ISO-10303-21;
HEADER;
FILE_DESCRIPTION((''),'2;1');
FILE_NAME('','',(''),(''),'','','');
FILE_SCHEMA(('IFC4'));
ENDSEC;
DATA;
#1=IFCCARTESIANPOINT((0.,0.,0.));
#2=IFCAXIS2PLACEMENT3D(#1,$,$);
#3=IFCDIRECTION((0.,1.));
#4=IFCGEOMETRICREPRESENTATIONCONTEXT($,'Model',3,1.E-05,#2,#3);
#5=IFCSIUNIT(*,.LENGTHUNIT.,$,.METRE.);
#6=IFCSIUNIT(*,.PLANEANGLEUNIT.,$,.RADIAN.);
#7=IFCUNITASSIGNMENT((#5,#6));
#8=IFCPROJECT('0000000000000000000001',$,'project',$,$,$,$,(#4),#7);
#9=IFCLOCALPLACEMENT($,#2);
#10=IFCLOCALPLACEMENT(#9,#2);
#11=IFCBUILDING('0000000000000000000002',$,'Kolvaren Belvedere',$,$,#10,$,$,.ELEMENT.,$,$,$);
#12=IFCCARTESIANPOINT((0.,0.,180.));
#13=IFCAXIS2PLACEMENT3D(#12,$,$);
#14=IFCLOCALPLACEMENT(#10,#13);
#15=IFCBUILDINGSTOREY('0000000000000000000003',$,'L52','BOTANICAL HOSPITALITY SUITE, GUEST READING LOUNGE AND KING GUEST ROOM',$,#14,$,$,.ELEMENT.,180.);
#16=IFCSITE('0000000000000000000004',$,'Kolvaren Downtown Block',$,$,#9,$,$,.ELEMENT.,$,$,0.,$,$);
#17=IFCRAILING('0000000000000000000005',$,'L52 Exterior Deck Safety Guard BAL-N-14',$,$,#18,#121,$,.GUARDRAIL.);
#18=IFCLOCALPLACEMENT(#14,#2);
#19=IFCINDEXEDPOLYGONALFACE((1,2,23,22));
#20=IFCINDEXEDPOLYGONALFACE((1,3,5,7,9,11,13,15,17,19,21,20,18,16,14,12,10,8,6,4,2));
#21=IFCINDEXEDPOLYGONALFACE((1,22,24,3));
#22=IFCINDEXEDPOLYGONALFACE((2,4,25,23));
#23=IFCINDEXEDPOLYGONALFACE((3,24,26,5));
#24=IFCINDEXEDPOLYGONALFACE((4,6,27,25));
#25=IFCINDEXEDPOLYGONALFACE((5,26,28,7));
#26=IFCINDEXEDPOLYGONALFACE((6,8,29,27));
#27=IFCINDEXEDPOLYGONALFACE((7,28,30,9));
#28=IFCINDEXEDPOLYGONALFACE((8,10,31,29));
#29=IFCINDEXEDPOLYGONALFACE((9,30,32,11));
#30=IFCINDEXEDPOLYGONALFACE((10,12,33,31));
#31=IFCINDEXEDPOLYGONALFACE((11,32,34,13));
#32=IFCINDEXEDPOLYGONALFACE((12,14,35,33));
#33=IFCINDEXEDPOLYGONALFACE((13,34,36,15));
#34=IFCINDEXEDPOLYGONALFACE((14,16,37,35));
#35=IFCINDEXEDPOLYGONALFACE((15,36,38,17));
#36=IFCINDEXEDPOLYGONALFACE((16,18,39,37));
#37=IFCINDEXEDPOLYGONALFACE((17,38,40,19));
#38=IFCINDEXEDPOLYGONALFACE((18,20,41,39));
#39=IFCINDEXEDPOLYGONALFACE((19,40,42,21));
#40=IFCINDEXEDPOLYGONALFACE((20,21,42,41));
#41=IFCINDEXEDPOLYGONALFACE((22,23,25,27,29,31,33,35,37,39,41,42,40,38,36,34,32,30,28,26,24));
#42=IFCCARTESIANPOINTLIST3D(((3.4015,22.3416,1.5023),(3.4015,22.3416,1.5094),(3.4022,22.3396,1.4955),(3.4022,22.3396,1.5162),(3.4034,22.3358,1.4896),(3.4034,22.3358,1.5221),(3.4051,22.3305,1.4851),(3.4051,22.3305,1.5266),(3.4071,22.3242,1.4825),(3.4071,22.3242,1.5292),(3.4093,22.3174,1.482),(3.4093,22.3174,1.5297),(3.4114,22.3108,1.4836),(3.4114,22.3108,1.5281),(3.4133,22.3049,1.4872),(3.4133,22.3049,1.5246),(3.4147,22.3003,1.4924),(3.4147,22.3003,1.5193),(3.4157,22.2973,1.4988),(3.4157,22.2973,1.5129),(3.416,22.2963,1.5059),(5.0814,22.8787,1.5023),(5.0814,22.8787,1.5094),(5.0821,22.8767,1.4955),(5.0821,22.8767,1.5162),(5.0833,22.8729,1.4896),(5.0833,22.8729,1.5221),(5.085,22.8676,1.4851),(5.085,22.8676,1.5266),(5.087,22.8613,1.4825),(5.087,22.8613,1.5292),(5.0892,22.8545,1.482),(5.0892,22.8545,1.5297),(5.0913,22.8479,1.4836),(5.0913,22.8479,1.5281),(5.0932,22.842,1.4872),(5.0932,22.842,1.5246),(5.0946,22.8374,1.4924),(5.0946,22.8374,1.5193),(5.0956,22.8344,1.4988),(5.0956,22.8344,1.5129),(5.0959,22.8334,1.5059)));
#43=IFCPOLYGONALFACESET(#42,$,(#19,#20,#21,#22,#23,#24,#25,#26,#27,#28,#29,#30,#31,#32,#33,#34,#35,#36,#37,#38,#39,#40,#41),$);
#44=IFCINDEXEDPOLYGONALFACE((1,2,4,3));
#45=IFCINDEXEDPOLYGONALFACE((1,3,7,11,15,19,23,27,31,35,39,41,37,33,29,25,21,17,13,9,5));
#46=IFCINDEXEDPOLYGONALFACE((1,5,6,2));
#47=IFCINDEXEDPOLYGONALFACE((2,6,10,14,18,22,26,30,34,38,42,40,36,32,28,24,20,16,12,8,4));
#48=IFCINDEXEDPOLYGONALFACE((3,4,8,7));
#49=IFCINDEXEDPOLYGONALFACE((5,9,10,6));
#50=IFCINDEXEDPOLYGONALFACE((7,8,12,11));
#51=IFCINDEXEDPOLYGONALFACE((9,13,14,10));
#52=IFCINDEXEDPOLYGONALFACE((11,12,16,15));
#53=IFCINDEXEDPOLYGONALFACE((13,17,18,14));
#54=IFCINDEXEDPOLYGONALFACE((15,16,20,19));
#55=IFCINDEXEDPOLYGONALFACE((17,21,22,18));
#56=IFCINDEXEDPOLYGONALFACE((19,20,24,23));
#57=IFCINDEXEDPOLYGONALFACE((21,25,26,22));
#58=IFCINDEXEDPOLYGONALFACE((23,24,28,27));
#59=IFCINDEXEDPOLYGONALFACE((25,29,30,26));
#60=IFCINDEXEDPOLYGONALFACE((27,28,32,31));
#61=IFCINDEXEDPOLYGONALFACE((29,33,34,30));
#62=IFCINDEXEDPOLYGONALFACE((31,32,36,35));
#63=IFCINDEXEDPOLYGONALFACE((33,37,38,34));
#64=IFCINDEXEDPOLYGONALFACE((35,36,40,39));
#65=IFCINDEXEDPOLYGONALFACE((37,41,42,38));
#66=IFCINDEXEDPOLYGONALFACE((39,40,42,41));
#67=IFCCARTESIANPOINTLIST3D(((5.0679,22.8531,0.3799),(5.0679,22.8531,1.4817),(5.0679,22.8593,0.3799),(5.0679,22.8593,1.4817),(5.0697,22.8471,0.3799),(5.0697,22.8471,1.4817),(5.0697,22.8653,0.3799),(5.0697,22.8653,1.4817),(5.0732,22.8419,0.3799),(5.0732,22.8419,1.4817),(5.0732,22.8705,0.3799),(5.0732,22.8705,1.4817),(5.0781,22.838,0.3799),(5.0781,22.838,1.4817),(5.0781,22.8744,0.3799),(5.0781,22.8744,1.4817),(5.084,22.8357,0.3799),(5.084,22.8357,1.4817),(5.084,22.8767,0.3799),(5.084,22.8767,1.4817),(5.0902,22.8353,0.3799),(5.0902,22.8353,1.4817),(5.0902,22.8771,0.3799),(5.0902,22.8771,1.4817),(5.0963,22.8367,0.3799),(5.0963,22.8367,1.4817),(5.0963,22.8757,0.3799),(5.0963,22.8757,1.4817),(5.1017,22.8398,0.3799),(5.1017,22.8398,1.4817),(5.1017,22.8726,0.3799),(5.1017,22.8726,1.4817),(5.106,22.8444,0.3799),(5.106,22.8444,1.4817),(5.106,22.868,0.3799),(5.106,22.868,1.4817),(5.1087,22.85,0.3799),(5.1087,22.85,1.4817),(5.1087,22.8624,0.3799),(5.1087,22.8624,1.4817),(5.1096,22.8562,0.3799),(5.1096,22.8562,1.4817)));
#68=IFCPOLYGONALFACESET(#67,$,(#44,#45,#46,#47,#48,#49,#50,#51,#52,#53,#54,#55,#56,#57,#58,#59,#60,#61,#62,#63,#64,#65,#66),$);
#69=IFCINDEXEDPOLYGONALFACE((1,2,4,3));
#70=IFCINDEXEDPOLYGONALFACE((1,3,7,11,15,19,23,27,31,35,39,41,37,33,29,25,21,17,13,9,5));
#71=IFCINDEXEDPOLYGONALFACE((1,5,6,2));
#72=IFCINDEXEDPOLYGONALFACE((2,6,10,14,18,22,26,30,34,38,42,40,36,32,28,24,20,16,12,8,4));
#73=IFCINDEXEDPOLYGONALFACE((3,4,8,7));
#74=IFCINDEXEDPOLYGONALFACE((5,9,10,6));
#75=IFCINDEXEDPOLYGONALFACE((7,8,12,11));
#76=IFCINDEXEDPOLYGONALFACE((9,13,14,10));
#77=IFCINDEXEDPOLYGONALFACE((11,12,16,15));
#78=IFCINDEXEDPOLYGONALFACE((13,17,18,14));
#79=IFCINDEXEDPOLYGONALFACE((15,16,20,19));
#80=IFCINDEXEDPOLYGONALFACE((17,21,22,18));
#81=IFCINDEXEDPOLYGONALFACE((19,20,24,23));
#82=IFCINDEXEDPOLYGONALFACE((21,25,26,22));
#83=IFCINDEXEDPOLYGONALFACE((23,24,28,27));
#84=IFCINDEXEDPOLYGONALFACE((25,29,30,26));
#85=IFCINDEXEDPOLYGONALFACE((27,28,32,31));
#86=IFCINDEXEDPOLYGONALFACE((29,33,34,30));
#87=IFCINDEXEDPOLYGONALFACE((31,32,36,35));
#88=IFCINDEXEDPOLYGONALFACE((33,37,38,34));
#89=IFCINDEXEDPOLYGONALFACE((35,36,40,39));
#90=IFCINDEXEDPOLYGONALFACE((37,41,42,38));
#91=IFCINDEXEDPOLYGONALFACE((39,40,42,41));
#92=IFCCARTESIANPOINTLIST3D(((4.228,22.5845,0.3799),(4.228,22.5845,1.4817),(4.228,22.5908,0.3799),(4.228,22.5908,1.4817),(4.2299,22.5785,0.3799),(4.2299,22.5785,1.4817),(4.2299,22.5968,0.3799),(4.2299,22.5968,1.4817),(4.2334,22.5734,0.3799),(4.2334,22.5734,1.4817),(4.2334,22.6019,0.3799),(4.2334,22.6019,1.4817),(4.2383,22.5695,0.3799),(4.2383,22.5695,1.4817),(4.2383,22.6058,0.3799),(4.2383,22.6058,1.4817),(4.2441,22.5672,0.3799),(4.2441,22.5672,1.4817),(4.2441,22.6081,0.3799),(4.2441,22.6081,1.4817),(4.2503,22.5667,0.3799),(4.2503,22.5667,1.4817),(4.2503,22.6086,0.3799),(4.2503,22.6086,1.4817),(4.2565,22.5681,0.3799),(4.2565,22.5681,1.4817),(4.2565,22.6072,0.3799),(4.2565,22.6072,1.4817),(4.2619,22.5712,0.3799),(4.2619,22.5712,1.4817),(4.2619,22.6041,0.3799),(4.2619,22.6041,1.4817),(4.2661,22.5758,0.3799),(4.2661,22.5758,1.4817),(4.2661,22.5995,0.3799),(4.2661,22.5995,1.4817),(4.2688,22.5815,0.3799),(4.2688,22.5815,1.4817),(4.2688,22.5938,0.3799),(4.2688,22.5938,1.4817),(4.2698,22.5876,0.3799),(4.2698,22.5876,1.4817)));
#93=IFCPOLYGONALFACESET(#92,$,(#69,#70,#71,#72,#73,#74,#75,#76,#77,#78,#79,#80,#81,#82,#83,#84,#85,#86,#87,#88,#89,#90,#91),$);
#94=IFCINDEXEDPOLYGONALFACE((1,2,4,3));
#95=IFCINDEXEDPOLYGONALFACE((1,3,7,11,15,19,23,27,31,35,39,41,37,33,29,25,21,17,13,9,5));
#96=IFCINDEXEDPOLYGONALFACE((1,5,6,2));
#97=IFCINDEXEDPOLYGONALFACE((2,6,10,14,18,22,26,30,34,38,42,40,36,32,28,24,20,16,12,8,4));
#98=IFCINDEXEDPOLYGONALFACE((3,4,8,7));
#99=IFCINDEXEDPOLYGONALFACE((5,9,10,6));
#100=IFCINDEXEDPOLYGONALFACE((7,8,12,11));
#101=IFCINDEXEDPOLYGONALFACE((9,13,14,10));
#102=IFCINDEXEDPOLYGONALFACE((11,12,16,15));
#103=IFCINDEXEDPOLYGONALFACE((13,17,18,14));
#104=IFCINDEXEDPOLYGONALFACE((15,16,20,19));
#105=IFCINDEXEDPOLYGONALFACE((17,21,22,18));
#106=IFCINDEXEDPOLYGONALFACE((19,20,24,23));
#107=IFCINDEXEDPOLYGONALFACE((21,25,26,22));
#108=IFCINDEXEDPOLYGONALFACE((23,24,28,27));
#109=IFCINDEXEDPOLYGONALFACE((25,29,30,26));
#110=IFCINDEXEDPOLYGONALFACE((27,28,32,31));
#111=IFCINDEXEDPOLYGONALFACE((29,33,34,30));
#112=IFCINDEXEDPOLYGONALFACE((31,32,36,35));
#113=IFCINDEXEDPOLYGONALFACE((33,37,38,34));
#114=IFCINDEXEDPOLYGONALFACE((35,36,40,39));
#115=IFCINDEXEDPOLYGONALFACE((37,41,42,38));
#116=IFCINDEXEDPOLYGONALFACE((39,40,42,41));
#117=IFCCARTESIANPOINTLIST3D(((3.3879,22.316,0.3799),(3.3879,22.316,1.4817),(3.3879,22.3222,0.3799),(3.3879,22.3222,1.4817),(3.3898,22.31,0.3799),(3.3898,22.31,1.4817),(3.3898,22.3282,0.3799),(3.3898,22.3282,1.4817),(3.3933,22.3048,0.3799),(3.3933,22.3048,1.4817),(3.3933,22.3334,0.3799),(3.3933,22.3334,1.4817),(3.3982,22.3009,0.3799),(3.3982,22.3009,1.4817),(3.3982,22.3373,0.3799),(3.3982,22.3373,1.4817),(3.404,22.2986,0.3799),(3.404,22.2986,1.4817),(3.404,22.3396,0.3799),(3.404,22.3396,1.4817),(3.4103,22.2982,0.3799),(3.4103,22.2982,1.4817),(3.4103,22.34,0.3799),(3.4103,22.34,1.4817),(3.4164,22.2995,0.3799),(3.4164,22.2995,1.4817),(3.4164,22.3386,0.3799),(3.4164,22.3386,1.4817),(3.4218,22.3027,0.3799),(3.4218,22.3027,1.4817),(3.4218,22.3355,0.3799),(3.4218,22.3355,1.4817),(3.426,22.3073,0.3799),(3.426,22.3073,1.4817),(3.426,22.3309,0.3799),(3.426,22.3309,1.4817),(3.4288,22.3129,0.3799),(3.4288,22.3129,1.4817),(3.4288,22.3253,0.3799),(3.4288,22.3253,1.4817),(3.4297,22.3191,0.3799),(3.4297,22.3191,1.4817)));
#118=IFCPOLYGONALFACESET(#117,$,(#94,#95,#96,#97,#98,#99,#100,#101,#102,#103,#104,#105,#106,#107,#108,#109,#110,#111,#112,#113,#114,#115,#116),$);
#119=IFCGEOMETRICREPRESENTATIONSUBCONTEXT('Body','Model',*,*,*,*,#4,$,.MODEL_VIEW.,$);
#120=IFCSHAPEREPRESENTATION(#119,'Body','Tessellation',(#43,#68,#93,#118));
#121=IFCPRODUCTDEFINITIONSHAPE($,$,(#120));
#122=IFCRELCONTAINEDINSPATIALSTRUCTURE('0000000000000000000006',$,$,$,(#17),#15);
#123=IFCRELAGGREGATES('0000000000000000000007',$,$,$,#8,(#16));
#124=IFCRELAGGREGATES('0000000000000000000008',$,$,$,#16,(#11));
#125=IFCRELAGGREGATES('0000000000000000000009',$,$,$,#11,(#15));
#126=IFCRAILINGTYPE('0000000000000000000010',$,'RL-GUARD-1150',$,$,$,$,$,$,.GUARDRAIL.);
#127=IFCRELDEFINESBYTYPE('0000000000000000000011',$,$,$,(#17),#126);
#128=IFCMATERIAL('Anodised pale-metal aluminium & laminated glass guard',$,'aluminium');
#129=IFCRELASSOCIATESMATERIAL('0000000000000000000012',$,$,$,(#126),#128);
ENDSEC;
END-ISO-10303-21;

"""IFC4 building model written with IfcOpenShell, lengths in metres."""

from ifc_helpers import new_model, si_unit, direction, frame, origin, origin_2d, place, context, subcontext, project, spatial, circle, extrude, material, type_object, element, save


model = new_model("IFC4")

# Units and contexts
model_context = context("Model", 3, precision=1e-05, world=origin(), true_north=direction((0.0, 1.0)))
body_context = subcontext(model_context, "Body", "Model", "MODEL_VIEW")
ifc_project = project(units=[si_unit("LENGTHUNIT", "METRE"), si_unit("PLANEANGLEUNIT", "RADIAN")], contexts=[model_context])

# Site, building, storey
site_placement = place(None, origin())
site = spatial("IfcSite", under=ifc_project, at=site_placement, Name="Kolvaren Downtown Block", CompositionType="ELEMENT", RefElevation=0.0)
building_placement = place(site_placement, origin())
building = spatial("IfcBuilding", under=site, at=building_placement, Name="Kolvaren Belvedere", CompositionType="ELEMENT")
storey_placement = place(building_placement, frame((0.0, 0.0, 180.0)))
storey = spatial("IfcBuildingStorey", under=building, at=storey_placement, Name="L52", Description="BOTANICAL HOSPITALITY SUITE, GUEST READING LOUNGE AND KING GUEST ROOM", CompositionType="ELEMENT", Elevation=180.0)

# Railing
ifc_material_1 = material(Name="Anodised pale-metal aluminium & laminated glass guard", Category="aluminium")
railing_type = type_object("IfcRailingType", Name="RL-GUARD-1150", PredefinedType="GUARDRAIL", material=ifc_material_1)
railing_1_placement = place(storey_placement, frame((5.0886, 22.8562, 0.3799)))
element("IfcRailing", 1, at=railing_1_placement, inside=storey, type_object=railing_type, Name="L52 Exterior Deck Safety Guard BAL-N-14", PredefinedType="GUARDRAIL", context=body_context, shape_type="SweptSolid", body=[
    extrude(circle(Radius=0.0239, at=origin_2d()), frame((0.0, 0.0, 1.126), z_axis=(-0.952501, -0.304535, 0.0), x_axis=(0.304535, -0.952501, 0.0)), (0.0, 0.0, 1.0), 1.7637),
    extrude(circle(Radius=0.021, at=origin_2d()), origin(), (0.0, 0.0, 1.0), 1.1018),
    extrude(circle(Radius=0.021, at=origin_2d()), frame((-0.8398, -0.2686, 0.0)), (0.0, 0.0, 1.0), 1.1018),
    extrude(circle(Radius=0.021, at=origin_2d()), frame((-1.6799, -0.5371, 0.0)), (0.0, 0.0, 1.0), 1.1018),
])

save(model, "model.ifc")
